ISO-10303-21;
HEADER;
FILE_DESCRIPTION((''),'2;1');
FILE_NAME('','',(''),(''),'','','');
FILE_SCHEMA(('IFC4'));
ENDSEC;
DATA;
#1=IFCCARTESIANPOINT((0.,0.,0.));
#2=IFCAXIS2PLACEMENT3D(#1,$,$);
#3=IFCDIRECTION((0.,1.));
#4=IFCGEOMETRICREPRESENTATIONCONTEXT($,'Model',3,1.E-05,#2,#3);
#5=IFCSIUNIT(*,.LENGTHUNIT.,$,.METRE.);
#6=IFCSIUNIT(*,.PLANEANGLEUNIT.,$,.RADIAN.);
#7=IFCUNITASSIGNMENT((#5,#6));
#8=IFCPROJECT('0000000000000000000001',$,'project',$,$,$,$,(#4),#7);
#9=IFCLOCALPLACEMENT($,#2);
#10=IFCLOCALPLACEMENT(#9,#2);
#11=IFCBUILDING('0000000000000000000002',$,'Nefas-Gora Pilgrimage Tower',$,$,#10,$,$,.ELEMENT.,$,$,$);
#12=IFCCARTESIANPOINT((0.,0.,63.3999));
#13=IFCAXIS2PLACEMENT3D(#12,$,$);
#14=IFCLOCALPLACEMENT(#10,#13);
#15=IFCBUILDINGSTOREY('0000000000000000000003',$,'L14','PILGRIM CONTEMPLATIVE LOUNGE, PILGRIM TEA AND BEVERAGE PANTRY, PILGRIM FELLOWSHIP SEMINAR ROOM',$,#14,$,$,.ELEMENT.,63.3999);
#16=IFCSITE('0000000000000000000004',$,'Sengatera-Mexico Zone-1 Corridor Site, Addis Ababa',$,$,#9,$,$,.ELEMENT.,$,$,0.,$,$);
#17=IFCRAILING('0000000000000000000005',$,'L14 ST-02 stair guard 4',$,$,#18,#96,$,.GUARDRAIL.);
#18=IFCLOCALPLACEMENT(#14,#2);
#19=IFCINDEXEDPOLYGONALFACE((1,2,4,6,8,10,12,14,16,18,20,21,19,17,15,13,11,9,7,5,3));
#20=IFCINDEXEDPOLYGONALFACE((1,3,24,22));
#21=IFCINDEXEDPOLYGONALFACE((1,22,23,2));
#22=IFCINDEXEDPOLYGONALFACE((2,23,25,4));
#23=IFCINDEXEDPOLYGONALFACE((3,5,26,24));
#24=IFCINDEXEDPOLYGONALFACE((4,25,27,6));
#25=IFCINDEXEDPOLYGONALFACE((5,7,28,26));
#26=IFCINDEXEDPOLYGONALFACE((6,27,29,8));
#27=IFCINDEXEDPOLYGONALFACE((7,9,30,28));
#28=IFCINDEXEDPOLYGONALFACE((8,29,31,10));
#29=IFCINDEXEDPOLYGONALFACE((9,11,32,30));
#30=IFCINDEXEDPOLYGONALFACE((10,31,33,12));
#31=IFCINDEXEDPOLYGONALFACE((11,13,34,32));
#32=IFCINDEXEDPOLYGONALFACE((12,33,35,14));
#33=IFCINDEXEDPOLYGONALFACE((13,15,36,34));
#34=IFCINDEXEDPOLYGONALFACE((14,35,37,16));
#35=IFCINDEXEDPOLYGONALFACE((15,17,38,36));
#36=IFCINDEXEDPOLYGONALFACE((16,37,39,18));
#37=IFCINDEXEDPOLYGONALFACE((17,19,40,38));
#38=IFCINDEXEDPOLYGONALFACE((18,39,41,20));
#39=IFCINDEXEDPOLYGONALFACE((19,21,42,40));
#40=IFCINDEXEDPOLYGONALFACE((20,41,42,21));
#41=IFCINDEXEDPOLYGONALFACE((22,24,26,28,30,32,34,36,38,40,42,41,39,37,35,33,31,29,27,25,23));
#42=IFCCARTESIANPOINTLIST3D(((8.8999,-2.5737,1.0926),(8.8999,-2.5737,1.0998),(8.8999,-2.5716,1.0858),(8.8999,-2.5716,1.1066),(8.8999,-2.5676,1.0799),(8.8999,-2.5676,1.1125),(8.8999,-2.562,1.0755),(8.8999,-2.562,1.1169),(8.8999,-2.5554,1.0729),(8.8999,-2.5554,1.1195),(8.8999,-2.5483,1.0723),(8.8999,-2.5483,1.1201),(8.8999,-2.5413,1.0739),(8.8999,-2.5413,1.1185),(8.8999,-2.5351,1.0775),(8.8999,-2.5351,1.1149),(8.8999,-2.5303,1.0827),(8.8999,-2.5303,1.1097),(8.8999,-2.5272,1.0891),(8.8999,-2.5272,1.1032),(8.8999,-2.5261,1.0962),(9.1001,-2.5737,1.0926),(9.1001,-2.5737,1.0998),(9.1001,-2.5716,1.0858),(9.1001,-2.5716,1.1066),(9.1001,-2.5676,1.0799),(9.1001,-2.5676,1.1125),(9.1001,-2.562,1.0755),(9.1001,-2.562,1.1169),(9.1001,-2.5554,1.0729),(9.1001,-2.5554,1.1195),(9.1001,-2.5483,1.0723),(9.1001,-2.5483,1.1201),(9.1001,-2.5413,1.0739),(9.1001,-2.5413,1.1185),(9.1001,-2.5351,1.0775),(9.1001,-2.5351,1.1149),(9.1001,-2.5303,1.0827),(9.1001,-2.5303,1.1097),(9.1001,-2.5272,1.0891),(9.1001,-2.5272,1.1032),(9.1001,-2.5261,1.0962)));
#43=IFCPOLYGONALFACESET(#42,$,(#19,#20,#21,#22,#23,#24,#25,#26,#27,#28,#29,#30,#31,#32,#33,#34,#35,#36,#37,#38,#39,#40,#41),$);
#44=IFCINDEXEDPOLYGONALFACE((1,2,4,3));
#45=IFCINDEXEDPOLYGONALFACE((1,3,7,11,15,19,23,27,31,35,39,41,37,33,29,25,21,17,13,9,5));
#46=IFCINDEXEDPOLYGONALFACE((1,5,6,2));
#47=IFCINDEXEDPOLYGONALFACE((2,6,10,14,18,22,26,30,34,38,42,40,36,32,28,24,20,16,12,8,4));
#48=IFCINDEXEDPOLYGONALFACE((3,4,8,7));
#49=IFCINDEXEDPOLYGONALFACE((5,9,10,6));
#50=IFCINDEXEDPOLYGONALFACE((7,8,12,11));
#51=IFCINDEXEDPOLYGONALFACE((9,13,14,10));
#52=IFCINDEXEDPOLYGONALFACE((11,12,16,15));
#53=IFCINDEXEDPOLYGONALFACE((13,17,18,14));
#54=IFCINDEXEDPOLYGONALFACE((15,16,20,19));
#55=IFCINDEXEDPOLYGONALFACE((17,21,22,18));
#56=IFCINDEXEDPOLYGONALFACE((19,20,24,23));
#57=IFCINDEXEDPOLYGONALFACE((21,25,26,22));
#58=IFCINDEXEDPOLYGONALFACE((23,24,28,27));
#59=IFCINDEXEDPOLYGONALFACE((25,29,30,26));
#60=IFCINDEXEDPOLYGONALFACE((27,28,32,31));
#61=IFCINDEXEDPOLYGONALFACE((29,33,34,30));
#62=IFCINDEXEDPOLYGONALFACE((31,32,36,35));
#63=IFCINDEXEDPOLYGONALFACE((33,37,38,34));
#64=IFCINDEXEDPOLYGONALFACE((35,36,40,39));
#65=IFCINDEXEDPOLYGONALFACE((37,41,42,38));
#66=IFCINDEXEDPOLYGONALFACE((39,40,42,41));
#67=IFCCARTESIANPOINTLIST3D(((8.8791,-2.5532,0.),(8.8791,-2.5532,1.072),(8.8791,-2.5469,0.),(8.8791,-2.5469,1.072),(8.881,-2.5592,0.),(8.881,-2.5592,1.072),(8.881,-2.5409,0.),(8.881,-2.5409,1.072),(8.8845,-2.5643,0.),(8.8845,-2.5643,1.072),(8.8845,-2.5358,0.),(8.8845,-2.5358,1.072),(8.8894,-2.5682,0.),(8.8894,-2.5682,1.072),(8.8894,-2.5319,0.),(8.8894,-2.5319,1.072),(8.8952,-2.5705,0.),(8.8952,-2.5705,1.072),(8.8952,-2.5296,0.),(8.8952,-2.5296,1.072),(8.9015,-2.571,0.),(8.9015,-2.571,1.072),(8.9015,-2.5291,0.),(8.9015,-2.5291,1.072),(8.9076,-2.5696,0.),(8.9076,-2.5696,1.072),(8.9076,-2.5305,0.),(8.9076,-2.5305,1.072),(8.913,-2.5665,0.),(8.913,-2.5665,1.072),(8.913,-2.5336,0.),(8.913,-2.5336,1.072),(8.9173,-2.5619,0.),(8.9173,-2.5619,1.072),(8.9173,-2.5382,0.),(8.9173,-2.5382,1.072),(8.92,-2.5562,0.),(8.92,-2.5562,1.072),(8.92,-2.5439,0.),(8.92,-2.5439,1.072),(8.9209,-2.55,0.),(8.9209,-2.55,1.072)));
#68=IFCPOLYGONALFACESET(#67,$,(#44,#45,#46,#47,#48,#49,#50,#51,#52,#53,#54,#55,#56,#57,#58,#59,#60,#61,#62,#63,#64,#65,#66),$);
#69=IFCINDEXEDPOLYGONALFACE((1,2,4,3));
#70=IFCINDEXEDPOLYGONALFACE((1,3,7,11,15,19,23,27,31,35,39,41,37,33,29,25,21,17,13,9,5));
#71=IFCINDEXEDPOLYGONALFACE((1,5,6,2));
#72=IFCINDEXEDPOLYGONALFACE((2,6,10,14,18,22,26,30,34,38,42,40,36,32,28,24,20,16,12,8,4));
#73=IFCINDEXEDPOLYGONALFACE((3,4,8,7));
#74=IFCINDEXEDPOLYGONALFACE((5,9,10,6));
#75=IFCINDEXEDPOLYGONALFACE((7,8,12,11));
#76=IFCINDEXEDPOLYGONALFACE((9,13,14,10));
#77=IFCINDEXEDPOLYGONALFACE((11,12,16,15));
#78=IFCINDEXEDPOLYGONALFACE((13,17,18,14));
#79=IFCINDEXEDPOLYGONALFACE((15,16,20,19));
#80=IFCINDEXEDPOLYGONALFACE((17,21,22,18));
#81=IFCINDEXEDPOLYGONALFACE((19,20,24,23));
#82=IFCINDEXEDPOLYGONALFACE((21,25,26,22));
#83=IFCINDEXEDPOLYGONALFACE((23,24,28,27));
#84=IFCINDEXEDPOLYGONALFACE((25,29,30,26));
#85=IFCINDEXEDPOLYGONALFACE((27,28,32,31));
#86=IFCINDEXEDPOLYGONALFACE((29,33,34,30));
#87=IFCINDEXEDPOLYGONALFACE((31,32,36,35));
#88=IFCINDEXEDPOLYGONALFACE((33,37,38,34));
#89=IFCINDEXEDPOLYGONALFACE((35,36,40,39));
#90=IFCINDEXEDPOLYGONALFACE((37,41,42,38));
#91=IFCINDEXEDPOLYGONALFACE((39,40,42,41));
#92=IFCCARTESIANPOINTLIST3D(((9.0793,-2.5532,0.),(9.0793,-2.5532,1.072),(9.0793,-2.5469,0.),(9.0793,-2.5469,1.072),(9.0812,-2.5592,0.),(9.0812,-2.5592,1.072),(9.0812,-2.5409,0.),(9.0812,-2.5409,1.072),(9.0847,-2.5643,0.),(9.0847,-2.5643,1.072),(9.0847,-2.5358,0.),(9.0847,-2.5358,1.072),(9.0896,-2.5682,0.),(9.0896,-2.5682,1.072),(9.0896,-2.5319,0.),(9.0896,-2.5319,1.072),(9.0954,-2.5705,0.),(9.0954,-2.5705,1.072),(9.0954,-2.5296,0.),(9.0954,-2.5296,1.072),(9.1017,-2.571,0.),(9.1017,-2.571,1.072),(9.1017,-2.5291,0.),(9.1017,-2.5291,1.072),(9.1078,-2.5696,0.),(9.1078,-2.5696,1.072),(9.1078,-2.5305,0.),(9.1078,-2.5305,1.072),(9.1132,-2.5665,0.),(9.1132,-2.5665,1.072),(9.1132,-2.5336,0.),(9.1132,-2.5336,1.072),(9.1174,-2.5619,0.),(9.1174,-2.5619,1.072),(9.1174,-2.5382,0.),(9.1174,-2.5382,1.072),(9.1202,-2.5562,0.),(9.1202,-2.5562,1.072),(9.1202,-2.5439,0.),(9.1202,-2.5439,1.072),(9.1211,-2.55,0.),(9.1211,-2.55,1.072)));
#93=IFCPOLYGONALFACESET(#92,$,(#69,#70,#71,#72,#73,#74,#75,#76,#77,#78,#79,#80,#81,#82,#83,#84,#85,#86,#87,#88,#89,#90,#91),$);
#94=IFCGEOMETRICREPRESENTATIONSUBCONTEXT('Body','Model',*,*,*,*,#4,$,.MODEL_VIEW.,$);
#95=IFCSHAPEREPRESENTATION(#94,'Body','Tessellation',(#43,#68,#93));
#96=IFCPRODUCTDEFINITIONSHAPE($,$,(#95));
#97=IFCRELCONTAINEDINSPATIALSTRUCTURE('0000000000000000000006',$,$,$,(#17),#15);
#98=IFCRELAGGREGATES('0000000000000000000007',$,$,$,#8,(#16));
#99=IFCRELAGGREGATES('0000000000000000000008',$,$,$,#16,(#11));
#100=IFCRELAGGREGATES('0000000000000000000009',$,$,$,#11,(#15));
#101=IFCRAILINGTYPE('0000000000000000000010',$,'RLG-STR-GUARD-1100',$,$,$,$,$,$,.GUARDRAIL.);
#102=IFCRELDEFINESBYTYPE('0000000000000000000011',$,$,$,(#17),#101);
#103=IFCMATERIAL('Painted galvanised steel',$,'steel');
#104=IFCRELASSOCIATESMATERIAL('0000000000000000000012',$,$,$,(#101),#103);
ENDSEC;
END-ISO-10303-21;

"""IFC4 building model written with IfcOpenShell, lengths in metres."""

from ifc_helpers import new_model, si_unit, direction, frame, origin, origin_2d, place, context, subcontext, project, spatial, circle, extrude, material, type_object, element, save


model = new_model("IFC4")

# Units and contexts
model_context = context("Model", 3, precision=1e-05, world=origin(), true_north=direction((0.0, 1.0)))
body_context = subcontext(model_context, "Body", "Model", "MODEL_VIEW")
ifc_project = project(units=[si_unit("LENGTHUNIT", "METRE"), si_unit("PLANEANGLEUNIT", "RADIAN")], contexts=[model_context])

# Site, building, storey
site_placement = place(None, origin())
site = spatial("IfcSite", under=ifc_project, at=site_placement, Name="Sengatera-Mexico Zone-1 Corridor Site, Addis Ababa", CompositionType="ELEMENT", RefElevation=0.0)
building_placement = place(site_placement, origin())
building = spatial("IfcBuilding", under=site, at=building_placement, Name="Nefas-Gora Pilgrimage Tower", CompositionType="ELEMENT")
storey_placement = place(building_placement, frame((0.0, 0.0, 63.3999)))
storey = spatial("IfcBuildingStorey", under=building, at=storey_placement, Name="L14", Description="PILGRIM CONTEMPLATIVE LOUNGE, PILGRIM TEA AND BEVERAGE PANTRY, PILGRIM FELLOWSHIP SEMINAR ROOM", CompositionType="ELEMENT", Elevation=63.3999)

# Railing
ifc_material_1 = material(Name="Painted galvanised steel", Category="steel")
railing_type_1 = type_object("IfcRailingType", Name="RLG-STR-GUARD-1100", PredefinedType="GUARDRAIL", material=ifc_material_1)
railing_1_placement = place(storey_placement, frame((8.8999, -2.55, 0.0)))
element("IfcRailing", 1, at=railing_1_placement, inside=storey, type_object=railing_type_1, Name="L14 ST-02 stair guard 4", PredefinedType="GUARDRAIL", context=body_context, shape_type="SweptSolid", body=[
    extrude(circle(Radius=0.0239, at=origin_2d()), frame((0.0, 0.0, 1.0962), z_axis=(1.0, 0.0, 0.0), x_axis=(0.0, 1.0, 0.0)), (0.0, 0.0, 1.0), 0.2002),
    extrude(circle(Radius=0.021, at=origin_2d()), origin(), (0.0, 0.0, 1.0), 1.072),
    extrude(circle(Radius=0.021, at=origin_2d()), frame((0.2002, 0.0, 0.0)), (0.0, 0.0, 1.0), 1.072),
])

save(model, "model.ifc")
